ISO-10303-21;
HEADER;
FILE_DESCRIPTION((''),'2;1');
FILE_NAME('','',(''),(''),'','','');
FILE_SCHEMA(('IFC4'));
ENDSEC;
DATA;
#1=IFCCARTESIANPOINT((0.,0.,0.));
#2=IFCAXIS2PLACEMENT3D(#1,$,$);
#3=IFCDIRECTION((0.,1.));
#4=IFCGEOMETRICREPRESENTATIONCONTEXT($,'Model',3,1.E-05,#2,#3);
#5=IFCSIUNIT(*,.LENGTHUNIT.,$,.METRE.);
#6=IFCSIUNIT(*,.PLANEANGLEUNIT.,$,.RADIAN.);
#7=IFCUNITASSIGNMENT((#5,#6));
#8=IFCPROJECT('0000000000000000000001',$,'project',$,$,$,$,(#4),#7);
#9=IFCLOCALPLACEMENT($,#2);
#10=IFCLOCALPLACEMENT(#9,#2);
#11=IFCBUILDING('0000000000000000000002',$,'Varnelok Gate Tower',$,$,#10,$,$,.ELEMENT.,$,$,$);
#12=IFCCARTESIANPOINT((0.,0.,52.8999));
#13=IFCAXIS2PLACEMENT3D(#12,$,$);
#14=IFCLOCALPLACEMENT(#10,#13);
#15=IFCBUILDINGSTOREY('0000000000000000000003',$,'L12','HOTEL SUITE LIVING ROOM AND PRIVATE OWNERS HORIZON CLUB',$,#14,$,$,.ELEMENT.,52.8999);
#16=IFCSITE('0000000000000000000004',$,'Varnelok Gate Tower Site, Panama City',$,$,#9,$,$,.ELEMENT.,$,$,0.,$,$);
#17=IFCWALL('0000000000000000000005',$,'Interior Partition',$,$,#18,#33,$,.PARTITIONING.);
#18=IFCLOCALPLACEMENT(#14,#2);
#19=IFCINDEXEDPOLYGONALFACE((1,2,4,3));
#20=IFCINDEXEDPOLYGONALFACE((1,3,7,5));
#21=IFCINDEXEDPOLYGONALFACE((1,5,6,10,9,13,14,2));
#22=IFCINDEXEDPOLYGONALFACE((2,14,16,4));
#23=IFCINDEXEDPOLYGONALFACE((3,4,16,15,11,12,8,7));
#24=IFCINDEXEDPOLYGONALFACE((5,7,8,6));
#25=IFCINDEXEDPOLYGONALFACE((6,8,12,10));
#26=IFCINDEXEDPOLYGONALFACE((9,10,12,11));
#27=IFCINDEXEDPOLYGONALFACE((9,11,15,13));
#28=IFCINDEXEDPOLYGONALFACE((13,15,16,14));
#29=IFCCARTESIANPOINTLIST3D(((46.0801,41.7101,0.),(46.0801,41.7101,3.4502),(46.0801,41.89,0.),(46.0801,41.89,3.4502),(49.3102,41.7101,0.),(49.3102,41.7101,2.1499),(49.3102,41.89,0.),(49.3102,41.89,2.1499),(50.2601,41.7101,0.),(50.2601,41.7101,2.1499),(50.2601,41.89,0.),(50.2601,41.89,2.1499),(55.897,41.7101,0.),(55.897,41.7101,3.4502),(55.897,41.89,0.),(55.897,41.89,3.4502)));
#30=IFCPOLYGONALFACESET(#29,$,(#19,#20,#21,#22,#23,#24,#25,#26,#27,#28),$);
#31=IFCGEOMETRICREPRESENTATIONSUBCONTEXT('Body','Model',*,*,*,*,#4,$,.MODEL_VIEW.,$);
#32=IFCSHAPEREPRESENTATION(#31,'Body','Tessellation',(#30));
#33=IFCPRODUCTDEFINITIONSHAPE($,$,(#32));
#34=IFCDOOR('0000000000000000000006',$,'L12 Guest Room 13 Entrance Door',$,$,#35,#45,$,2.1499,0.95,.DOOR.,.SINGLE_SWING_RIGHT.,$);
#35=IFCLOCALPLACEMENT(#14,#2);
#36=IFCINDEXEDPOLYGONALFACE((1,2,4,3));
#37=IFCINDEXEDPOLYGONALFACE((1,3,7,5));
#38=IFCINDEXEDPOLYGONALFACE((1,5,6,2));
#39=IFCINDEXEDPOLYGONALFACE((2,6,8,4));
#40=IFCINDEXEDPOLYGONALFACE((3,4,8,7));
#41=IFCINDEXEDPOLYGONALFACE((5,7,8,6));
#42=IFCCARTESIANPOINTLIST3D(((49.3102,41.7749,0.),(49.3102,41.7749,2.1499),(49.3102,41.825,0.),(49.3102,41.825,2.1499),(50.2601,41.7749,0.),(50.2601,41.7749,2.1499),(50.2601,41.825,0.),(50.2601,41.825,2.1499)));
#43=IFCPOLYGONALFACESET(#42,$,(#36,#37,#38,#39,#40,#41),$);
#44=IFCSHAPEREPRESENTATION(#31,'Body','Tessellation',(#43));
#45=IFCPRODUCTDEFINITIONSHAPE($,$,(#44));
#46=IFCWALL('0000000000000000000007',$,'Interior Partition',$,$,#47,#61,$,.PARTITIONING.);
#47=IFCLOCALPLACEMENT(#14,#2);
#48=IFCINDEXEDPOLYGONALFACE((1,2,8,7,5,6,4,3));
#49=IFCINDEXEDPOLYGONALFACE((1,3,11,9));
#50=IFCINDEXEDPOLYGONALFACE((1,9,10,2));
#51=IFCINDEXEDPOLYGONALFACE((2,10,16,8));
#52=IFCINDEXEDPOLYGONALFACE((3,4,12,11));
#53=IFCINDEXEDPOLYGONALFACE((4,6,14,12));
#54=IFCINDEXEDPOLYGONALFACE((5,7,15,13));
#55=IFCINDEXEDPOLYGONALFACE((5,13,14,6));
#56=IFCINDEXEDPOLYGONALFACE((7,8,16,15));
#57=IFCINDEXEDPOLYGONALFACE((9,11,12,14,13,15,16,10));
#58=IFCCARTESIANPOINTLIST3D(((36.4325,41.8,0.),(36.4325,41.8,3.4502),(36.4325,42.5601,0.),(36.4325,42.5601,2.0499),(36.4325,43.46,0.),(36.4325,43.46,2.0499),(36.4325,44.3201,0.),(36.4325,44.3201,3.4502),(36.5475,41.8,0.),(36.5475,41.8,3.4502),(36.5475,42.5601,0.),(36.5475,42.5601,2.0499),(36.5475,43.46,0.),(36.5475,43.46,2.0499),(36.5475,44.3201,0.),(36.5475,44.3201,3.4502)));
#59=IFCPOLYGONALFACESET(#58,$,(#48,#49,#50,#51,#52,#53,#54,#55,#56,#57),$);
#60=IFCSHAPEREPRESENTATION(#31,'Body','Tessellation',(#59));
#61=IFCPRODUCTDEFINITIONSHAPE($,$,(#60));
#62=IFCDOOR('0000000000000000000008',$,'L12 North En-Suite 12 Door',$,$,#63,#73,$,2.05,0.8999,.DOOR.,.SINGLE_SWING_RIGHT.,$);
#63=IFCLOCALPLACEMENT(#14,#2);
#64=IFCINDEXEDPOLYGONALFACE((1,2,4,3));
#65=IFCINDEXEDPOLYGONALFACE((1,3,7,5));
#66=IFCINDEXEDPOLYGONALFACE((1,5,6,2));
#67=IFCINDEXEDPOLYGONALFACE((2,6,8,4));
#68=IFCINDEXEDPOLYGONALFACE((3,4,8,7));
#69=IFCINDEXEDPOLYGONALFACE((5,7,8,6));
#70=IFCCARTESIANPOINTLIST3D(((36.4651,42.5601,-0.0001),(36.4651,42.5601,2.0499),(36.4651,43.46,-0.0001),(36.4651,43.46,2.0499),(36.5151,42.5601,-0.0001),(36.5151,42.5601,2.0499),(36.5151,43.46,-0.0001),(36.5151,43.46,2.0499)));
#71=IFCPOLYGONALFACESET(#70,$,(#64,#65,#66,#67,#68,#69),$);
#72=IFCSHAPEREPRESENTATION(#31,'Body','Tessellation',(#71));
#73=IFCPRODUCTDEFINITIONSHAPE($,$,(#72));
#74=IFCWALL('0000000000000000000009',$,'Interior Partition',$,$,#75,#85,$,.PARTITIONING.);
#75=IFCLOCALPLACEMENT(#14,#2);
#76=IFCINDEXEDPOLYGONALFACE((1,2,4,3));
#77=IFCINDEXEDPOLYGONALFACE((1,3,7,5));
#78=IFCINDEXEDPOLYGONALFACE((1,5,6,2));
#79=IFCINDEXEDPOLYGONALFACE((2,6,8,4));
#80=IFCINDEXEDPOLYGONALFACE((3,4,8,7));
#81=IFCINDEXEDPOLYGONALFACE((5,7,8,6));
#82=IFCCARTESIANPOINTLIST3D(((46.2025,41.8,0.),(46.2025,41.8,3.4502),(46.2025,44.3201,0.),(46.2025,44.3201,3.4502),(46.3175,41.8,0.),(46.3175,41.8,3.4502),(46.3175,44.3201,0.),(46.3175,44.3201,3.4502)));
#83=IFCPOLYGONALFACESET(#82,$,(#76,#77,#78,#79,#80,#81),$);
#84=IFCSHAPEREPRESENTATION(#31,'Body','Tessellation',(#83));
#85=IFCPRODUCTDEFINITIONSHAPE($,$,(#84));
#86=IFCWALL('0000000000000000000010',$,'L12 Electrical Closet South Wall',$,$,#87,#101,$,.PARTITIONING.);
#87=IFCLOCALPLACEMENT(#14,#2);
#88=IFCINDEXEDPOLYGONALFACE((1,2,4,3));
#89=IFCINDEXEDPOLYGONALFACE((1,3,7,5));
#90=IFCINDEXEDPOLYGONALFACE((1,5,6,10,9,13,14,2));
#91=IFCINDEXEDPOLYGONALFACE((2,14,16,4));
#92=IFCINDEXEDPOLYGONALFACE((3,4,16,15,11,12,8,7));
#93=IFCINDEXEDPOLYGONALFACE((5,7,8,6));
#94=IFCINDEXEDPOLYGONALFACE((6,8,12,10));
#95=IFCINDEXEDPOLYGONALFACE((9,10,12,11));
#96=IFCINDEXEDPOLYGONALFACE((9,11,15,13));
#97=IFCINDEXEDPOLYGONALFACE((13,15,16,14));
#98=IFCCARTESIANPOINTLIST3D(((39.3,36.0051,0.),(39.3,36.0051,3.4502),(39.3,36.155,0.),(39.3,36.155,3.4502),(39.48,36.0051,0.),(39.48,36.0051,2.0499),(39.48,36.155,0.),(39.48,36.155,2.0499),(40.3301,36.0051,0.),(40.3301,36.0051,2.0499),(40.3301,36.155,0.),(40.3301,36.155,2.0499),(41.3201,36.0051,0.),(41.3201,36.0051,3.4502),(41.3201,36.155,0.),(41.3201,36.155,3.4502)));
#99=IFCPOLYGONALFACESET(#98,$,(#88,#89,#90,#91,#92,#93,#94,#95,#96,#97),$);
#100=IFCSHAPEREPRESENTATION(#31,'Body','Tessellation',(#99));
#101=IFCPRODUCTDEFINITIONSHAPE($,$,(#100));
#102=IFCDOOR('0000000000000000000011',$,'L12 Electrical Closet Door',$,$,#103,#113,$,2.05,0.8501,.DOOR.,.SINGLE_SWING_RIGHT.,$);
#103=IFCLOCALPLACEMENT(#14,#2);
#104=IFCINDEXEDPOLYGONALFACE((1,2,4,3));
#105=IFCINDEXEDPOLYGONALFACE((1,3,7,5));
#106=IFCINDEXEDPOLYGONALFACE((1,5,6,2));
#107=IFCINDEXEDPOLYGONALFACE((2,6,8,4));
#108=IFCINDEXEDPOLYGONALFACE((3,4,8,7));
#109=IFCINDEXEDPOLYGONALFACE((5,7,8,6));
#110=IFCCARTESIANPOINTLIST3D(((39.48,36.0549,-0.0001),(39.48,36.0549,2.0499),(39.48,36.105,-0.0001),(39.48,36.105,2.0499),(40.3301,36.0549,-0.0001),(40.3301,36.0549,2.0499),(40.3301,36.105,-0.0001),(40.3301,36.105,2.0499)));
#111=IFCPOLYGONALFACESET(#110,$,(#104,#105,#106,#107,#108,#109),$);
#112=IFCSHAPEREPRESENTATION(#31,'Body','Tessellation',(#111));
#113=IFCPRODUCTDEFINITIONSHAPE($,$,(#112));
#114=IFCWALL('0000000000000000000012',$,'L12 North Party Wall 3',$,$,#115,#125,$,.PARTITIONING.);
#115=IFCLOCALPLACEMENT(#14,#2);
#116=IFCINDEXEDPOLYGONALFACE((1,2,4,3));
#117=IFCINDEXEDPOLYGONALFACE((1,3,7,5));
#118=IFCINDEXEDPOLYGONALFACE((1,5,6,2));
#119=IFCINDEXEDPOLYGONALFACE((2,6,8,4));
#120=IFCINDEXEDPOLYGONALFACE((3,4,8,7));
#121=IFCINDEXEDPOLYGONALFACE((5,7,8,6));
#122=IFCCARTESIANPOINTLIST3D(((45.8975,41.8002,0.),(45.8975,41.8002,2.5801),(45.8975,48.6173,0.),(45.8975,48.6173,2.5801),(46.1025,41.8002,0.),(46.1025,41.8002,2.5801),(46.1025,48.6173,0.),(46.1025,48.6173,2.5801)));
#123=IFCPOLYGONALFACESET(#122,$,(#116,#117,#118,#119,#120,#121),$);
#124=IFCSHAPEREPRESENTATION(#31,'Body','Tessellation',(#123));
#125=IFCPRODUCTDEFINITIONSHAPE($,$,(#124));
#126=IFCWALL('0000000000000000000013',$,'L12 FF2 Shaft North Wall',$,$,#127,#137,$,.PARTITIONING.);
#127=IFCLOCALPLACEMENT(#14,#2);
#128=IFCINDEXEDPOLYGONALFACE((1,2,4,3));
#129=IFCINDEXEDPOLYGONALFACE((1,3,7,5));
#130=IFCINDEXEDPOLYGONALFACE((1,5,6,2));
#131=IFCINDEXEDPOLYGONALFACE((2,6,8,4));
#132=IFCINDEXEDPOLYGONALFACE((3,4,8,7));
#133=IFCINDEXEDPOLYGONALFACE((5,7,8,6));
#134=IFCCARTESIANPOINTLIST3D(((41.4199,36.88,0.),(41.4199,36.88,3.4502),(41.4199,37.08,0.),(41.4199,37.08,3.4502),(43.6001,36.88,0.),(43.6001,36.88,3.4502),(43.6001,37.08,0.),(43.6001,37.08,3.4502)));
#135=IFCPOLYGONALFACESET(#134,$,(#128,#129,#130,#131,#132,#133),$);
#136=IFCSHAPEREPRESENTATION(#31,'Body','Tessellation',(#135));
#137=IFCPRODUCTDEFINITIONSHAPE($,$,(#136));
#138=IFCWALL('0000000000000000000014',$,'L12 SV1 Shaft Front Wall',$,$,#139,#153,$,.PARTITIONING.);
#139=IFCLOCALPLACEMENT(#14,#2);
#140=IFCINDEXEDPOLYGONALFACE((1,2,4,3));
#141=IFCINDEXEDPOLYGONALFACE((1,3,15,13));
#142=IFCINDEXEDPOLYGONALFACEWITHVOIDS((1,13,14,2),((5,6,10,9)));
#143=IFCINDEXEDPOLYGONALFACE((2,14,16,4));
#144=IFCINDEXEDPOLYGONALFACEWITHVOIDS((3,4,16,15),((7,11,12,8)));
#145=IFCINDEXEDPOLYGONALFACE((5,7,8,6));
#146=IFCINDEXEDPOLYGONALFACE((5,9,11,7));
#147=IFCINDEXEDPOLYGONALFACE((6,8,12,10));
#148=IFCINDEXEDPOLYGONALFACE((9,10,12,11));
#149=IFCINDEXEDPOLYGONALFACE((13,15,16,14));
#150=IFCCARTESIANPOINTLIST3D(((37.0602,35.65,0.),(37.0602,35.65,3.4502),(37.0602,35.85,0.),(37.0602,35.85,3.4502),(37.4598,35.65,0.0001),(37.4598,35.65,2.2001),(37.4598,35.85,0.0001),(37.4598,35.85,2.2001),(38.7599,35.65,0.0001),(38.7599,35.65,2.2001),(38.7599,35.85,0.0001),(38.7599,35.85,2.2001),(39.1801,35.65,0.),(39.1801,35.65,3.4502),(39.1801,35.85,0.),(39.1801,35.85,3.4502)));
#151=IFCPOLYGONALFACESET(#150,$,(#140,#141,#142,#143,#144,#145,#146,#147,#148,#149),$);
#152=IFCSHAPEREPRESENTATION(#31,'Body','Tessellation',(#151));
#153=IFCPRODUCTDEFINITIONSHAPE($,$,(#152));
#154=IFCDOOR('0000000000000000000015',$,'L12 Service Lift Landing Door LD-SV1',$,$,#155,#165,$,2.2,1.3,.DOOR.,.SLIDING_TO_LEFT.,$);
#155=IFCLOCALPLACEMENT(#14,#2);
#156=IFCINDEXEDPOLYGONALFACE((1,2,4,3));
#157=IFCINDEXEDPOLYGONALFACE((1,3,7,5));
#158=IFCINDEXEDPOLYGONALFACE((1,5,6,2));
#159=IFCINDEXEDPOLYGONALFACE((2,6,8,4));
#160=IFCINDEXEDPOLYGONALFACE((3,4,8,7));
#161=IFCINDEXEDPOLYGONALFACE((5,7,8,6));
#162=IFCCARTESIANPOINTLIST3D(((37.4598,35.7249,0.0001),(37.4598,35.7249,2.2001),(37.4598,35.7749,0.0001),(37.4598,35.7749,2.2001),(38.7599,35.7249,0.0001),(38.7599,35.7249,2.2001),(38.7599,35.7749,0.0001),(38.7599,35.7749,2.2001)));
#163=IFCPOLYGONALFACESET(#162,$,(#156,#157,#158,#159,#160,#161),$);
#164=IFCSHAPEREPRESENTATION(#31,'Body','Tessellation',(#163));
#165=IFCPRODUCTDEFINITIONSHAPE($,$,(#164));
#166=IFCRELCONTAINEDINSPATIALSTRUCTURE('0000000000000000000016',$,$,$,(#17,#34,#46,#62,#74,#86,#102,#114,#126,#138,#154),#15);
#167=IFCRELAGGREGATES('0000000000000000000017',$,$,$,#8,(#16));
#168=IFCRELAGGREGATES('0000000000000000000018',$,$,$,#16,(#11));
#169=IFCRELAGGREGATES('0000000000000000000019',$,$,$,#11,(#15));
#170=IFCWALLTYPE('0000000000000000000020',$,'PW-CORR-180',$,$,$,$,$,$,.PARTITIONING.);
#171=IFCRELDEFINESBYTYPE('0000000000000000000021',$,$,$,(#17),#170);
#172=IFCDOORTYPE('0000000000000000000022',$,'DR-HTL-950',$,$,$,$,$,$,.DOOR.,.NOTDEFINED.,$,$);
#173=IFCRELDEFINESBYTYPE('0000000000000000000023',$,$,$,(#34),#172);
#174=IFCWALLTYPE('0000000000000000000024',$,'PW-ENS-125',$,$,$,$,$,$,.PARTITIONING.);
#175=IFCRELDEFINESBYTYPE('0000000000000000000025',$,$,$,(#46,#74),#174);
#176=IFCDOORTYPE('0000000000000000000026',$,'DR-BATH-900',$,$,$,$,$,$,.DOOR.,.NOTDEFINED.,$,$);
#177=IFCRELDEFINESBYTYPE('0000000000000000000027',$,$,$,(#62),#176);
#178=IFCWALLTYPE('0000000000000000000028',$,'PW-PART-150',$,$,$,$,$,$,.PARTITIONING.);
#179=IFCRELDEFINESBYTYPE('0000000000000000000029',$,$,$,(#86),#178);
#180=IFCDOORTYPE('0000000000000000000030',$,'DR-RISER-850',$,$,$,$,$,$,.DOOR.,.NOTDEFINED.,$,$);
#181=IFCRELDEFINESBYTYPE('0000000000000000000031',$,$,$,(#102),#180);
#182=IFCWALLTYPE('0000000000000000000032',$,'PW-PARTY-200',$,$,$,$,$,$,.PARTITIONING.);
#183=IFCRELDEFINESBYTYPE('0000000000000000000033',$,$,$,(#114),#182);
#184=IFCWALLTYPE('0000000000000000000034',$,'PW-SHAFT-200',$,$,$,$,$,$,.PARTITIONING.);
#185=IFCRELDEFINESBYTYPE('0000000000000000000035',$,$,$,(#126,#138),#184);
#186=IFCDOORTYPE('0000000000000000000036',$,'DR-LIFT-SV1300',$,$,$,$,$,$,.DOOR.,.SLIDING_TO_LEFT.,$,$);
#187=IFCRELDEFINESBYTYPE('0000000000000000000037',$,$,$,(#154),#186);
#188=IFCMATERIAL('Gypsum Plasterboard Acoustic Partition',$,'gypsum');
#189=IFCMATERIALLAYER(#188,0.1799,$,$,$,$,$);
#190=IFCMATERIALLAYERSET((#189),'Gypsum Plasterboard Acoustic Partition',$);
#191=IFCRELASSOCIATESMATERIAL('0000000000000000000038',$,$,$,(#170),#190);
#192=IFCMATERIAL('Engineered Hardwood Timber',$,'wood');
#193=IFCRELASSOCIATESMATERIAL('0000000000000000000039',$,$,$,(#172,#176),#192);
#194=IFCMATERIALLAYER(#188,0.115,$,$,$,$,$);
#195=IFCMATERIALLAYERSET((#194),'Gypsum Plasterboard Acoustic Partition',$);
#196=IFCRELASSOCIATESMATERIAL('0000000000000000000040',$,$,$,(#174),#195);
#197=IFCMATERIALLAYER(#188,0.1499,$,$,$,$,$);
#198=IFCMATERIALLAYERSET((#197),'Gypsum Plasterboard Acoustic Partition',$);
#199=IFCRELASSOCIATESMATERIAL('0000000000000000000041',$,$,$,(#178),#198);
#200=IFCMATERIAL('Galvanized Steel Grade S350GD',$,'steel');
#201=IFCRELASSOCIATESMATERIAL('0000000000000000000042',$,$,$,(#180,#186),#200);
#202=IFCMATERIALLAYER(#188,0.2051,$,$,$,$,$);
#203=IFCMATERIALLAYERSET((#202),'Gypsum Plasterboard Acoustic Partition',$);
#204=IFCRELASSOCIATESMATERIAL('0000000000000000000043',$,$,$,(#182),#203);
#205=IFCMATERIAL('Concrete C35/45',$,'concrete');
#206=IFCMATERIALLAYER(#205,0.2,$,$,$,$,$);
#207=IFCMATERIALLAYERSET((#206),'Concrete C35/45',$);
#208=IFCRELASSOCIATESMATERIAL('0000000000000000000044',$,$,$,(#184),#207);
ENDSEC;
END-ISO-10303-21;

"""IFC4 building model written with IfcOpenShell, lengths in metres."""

from ifc_helpers import new_model, si_unit, direction, frame, frame_2d, origin, place, context, subcontext, project, spatial, rectangle, extrude, material, layer, layer_set, type_object, element, fill, save


model = new_model("IFC4")

# Units and contexts
model_context = context("Model", 3, precision=1e-05, world=origin(), true_north=direction((0.0, 1.0)))
body_context = subcontext(model_context, "Body", "Model", "MODEL_VIEW")
ifc_project = project(units=[si_unit("LENGTHUNIT", "METRE"), si_unit("PLANEANGLEUNIT", "RADIAN")], contexts=[model_context])

# Site, building, storey
site_placement = place(None, origin())
site = spatial("IfcSite", under=ifc_project, at=site_placement, Name="Varnelok Gate Tower Site, Panama City", CompositionType="ELEMENT", RefElevation=0.0)
building_placement = place(site_placement, origin())
building = spatial("IfcBuilding", under=site, at=building_placement, Name="Varnelok Gate Tower", CompositionType="ELEMENT")
storey_placement = place(building_placement, frame((0.0, 0.0, 52.8999)))
storey = spatial("IfcBuildingStorey", under=building, at=storey_placement, Name="L12", Description="HOTEL SUITE LIVING ROOM AND PRIVATE OWNERS HORIZON CLUB", CompositionType="ELEMENT", Elevation=52.8999)

# Walls, openings, doors
ifc_material_1 = material(Name="Gypsum Plasterboard Acoustic Partition", Category="gypsum")
ifc_layer_1 = layer(ifc_material_1, 0.1799)
ifc_layer_set_1 = layer_set([ifc_layer_1], Name="Gypsum Plasterboard Acoustic Partition")
wall_type_1 = type_object("IfcWallType", Name="PW-CORR-180", PredefinedType="PARTITIONING", material=ifc_layer_set_1)
wall_1_placement = place(storey_placement, frame((46.0801, 41.8, 0.0), z_axis=(0.0, 0.0, 1.0), x_axis=(1.0, 0.0, 0.0)))
wall_1 = element("IfcWall", 1, at=wall_1_placement, inside=storey, type_object=wall_type_1, Name="Interior Partition", PredefinedType="PARTITIONING", context=body_context, shape_type="SweptSolid", body=[
    extrude(rectangle(XDim=9.8169, YDim=0.1799, at=frame_2d((4.9084, 0.0))), origin(), (0.0, 0.0, 1.0), 3.4502),
])
opening_1_placement = place(wall_1_placement, frame((3.23, 0.0, 0.0)))
opening_1 = element("IfcOpeningElement", 2, at=opening_1_placement, cuts=wall_1, PredefinedType="OPENING", context=body_context, shape_type="SweptSolid", body=[
    extrude(rectangle(XDim=0.95, YDim=2.1499, at=frame_2d((0.4751, 1.075))), frame((0.0, 0.0999, 0.0), z_axis=(0.0, -1.0, 0.0), x_axis=(1.0, 0.0, 0.0)), (0.0, 0.0, 1.0), 0.2),
])
ifc_material_2 = material(Name="Engineered Hardwood Timber", Category="wood")
door_type_1 = type_object("IfcDoorType", Name="DR-HTL-950", OperationType="NOTDEFINED", PredefinedType="DOOR", material=ifc_material_2)
door_1_placement = place(opening_1_placement, origin())
door_1 = element("IfcDoor", 3, at=door_1_placement, inside=storey, type_object=door_type_1, Name="L12 Guest Room 13 Entrance Door", OperationType="SINGLE_SWING_RIGHT", OverallHeight=2.1499, OverallWidth=0.95, PredefinedType="DOOR", context=body_context, shape_type="SweptSolid", body=[
    extrude(rectangle(XDim=0.95, YDim=2.1499, at=frame_2d((0.4751, 1.075))), frame((0.0, 0.0249, 0.0), z_axis=(0.0, -1.0, 0.0), x_axis=(1.0, 0.0, 0.0)), (0.0, 0.0, 1.0), 0.05),
])
fill(opening_1, door_1)
ifc_layer_2 = layer(ifc_material_1, 0.115)
ifc_layer_set_2 = layer_set([ifc_layer_2], Name="Gypsum Plasterboard Acoustic Partition")
wall_type_2 = type_object("IfcWallType", Name="PW-ENS-125", PredefinedType="PARTITIONING", material=ifc_layer_set_2)
wall_2_placement = place(storey_placement, frame((36.49, 41.8, 0.0), z_axis=(0.0, 0.0, 1.0), x_axis=(0.0, 1.0, 0.0)))
wall_2 = element("IfcWall", 4, at=wall_2_placement, inside=storey, type_object=wall_type_2, Name="Interior Partition", PredefinedType="PARTITIONING", context=body_context, shape_type="SweptSolid", body=[
    extrude(rectangle(XDim=2.52, YDim=0.115, at=frame_2d((1.26, 0.0))), origin(), (0.0, 0.0, 1.0), 3.4502),
])
opening_2_placement = place(wall_2_placement, frame((0.76, 0.0, 0.0)))
opening_2 = element("IfcOpeningElement", 5, at=opening_2_placement, cuts=wall_2, PredefinedType="OPENING", context=body_context, shape_type="SweptSolid", body=[
    extrude(rectangle(XDim=0.8999, YDim=2.05, at=frame_2d((0.45, 1.0249))), frame((0.0, 0.0674, 0.0), z_axis=(0.0, -1.0, 0.0), x_axis=(1.0, 0.0, 0.0)), (0.0, 0.0, 1.0), 0.135),
])
door_type_2 = type_object("IfcDoorType", Name="DR-BATH-900", OperationType="NOTDEFINED", PredefinedType="DOOR", material=ifc_material_2)
door_2_placement = place(opening_2_placement, origin())
door_2 = element("IfcDoor", 6, at=door_2_placement, inside=storey, type_object=door_type_2, Name="L12 North En-Suite 12 Door", OperationType="SINGLE_SWING_RIGHT", OverallHeight=2.05, OverallWidth=0.8999, PredefinedType="DOOR", context=body_context, shape_type="SweptSolid", body=[
    extrude(rectangle(XDim=0.8999, YDim=2.05, at=frame_2d((0.45, 1.0249))), frame((0.0, 0.0249, 0.0), z_axis=(0.0, -1.0, 0.0), x_axis=(1.0, 0.0, 0.0)), (0.0, 0.0, 1.0), 0.05),
])
fill(opening_2, door_2)

# Wall
wall_3_placement = place(storey_placement, frame((46.26, 41.8, 0.0), z_axis=(0.0, 0.0, 1.0), x_axis=(0.0, 1.0, 0.0)))
element("IfcWall", 7, at=wall_3_placement, inside=storey, type_object=wall_type_2, Name="Interior Partition", PredefinedType="PARTITIONING", context=body_context, shape_type="SweptSolid", body=[
    extrude(rectangle(XDim=2.52, YDim=0.115, at=frame_2d((1.26, 0.0))), origin(), (0.0, 0.0, 1.0), 3.4502),
])

# Wall, opening, door
ifc_layer_3 = layer(ifc_material_1, 0.1499)
ifc_layer_set_3 = layer_set([ifc_layer_3], Name="Gypsum Plasterboard Acoustic Partition")
wall_type_3 = type_object("IfcWallType", Name="PW-PART-150", PredefinedType="PARTITIONING", material=ifc_layer_set_3)
wall_4_placement = place(storey_placement, frame((39.3, 36.0801, 0.0), z_axis=(0.0, 0.0, 1.0), x_axis=(1.0, 0.0, 0.0)))
wall_4 = element("IfcWall", 8, at=wall_4_placement, inside=storey, type_object=wall_type_3, Name="L12 Electrical Closet South Wall", PredefinedType="PARTITIONING", context=body_context, shape_type="SweptSolid", body=[
    extrude(rectangle(XDim=2.02, YDim=0.1499, at=frame_2d((1.01, 0.0))), origin(), (0.0, 0.0, 1.0), 3.4502),
])
opening_3_placement = place(wall_4_placement, frame((0.1799, 0.0, 0.0)))
opening_3 = element("IfcOpeningElement", 9, at=opening_3_placement, cuts=wall_4, PredefinedType="OPENING", context=body_context, shape_type="SweptSolid", body=[
    extrude(rectangle(XDim=0.8501, YDim=2.05, at=frame_2d((0.425, 1.0249))), frame((0.0, 0.085, 0.0), z_axis=(0.0, -1.0, 0.0), x_axis=(1.0, 0.0, 0.0)), (0.0, 0.0, 1.0), 0.1699),
])
ifc_material_3 = material(Name="Galvanized Steel Grade S350GD", Category="steel")
door_type_3 = type_object("IfcDoorType", Name="DR-RISER-850", OperationType="NOTDEFINED", PredefinedType="DOOR", material=ifc_material_3)
door_3_placement = place(opening_3_placement, origin())
door_3 = element("IfcDoor", 10, at=door_3_placement, inside=storey, type_object=door_type_3, Name="L12 Electrical Closet Door", OperationType="SINGLE_SWING_RIGHT", OverallHeight=2.05, OverallWidth=0.8501, PredefinedType="DOOR", context=body_context, shape_type="SweptSolid", body=[
    extrude(rectangle(XDim=0.8501, YDim=2.05, at=frame_2d((0.425, 1.0249))), frame((0.0, 0.0249, 0.0), z_axis=(0.0, -1.0, 0.0), x_axis=(1.0, 0.0, 0.0)), (0.0, 0.0, 1.0), 0.05),
])
fill(opening_3, door_3)

# Walls
ifc_layer_4 = layer(ifc_material_1, 0.2051)
ifc_layer_set_4 = layer_set([ifc_layer_4], Name="Gypsum Plasterboard Acoustic Partition")
wall_type_4 = type_object("IfcWallType", Name="PW-PARTY-200", PredefinedType="PARTITIONING", material=ifc_layer_set_4)
wall_5_placement = place(storey_placement, frame((46.0, 41.8, 0.0), z_axis=(0.0, 0.0, 1.0), x_axis=(0.0, 1.0, 0.0)))
element("IfcWall", 11, at=wall_5_placement, inside=storey, type_object=wall_type_4, Name="L12 North Party Wall 3", PredefinedType="PARTITIONING", context=body_context, shape_type="SweptSolid", body=[
    extrude(rectangle(XDim=6.8171, YDim=0.2051, at=frame_2d((3.4087, 0.0))), origin(), (0.0, 0.0, 1.0), 2.5801),
])
ifc_material_4 = material(Name="Concrete C35/45", Category="concrete")
ifc_layer_5 = layer(ifc_material_4, 0.2)
ifc_layer_set_5 = layer_set([ifc_layer_5], Name="Concrete C35/45")
wall_type_5 = type_object("IfcWallType", Name="PW-SHAFT-200", PredefinedType="PARTITIONING", material=ifc_layer_set_5)
wall_6_placement = place(storey_placement, frame((41.4199, 36.98, 0.0), z_axis=(0.0, 0.0, 1.0), x_axis=(1.0, 0.0, 0.0)))
element("IfcWall", 12, at=wall_6_placement, inside=storey, type_object=wall_type_5, Name="L12 FF2 Shaft North Wall", PredefinedType="PARTITIONING", context=body_context, shape_type="SweptSolid", body=[
    extrude(rectangle(XDim=2.1802, YDim=0.2, at=frame_2d((1.0901, 0.0))), origin(), (0.0, 0.0, 1.0), 3.4502),
])

# Wall, opening, door
wall_7_placement = place(storey_placement, frame((37.0601, 35.75, 0.0), z_axis=(0.0, 0.0, 1.0), x_axis=(1.0, 0.0, 0.0)))
wall_7 = element("IfcWall", 13, at=wall_7_placement, inside=storey, type_object=wall_type_5, Name="L12 SV1 Shaft Front Wall", PredefinedType="PARTITIONING", context=body_context, shape_type="SweptSolid", body=[
    extrude(rectangle(XDim=2.1199, YDim=0.2, at=frame_2d((1.0601, 0.0))), origin(), (0.0, 0.0, 1.0), 3.4502),
])
opening_4_placement = place(wall_7_placement, frame((0.3999, 0.0, 0.0)))
opening_4 = element("IfcOpeningElement", 14, at=opening_4_placement, cuts=wall_7, PredefinedType="OPENING", context=body_context, shape_type="SweptSolid", body=[
    extrude(rectangle(XDim=1.3, YDim=2.2, at=frame_2d((0.6499, 1.1001))), frame((0.0, 0.1099, 0.0), z_axis=(0.0, -1.0, 0.0), x_axis=(1.0, 0.0, 0.0)), (0.0, 0.0, 1.0), 0.22),
])
door_type_4 = type_object("IfcDoorType", Name="DR-LIFT-SV1300", OperationType="SLIDING_TO_LEFT", PredefinedType="DOOR", material=ifc_material_3)
door_4_placement = place(opening_4_placement, origin())
door_4 = element("IfcDoor", 15, at=door_4_placement, inside=storey, type_object=door_type_4, Name="L12 Service Lift Landing Door LD-SV1", OperationType="SLIDING_TO_LEFT", OverallHeight=2.2, OverallWidth=1.3, PredefinedType="DOOR", context=body_context, shape_type="SweptSolid", body=[
    extrude(rectangle(XDim=1.3, YDim=2.2, at=frame_2d((0.6499, 1.1001))), frame((0.0, 0.0249, 0.0), z_axis=(0.0, -1.0, 0.0), x_axis=(1.0, 0.0, 0.0)), (0.0, 0.0, 1.0), 0.05),
])
fill(opening_4, door_4)

save(model, "model.ifc")
